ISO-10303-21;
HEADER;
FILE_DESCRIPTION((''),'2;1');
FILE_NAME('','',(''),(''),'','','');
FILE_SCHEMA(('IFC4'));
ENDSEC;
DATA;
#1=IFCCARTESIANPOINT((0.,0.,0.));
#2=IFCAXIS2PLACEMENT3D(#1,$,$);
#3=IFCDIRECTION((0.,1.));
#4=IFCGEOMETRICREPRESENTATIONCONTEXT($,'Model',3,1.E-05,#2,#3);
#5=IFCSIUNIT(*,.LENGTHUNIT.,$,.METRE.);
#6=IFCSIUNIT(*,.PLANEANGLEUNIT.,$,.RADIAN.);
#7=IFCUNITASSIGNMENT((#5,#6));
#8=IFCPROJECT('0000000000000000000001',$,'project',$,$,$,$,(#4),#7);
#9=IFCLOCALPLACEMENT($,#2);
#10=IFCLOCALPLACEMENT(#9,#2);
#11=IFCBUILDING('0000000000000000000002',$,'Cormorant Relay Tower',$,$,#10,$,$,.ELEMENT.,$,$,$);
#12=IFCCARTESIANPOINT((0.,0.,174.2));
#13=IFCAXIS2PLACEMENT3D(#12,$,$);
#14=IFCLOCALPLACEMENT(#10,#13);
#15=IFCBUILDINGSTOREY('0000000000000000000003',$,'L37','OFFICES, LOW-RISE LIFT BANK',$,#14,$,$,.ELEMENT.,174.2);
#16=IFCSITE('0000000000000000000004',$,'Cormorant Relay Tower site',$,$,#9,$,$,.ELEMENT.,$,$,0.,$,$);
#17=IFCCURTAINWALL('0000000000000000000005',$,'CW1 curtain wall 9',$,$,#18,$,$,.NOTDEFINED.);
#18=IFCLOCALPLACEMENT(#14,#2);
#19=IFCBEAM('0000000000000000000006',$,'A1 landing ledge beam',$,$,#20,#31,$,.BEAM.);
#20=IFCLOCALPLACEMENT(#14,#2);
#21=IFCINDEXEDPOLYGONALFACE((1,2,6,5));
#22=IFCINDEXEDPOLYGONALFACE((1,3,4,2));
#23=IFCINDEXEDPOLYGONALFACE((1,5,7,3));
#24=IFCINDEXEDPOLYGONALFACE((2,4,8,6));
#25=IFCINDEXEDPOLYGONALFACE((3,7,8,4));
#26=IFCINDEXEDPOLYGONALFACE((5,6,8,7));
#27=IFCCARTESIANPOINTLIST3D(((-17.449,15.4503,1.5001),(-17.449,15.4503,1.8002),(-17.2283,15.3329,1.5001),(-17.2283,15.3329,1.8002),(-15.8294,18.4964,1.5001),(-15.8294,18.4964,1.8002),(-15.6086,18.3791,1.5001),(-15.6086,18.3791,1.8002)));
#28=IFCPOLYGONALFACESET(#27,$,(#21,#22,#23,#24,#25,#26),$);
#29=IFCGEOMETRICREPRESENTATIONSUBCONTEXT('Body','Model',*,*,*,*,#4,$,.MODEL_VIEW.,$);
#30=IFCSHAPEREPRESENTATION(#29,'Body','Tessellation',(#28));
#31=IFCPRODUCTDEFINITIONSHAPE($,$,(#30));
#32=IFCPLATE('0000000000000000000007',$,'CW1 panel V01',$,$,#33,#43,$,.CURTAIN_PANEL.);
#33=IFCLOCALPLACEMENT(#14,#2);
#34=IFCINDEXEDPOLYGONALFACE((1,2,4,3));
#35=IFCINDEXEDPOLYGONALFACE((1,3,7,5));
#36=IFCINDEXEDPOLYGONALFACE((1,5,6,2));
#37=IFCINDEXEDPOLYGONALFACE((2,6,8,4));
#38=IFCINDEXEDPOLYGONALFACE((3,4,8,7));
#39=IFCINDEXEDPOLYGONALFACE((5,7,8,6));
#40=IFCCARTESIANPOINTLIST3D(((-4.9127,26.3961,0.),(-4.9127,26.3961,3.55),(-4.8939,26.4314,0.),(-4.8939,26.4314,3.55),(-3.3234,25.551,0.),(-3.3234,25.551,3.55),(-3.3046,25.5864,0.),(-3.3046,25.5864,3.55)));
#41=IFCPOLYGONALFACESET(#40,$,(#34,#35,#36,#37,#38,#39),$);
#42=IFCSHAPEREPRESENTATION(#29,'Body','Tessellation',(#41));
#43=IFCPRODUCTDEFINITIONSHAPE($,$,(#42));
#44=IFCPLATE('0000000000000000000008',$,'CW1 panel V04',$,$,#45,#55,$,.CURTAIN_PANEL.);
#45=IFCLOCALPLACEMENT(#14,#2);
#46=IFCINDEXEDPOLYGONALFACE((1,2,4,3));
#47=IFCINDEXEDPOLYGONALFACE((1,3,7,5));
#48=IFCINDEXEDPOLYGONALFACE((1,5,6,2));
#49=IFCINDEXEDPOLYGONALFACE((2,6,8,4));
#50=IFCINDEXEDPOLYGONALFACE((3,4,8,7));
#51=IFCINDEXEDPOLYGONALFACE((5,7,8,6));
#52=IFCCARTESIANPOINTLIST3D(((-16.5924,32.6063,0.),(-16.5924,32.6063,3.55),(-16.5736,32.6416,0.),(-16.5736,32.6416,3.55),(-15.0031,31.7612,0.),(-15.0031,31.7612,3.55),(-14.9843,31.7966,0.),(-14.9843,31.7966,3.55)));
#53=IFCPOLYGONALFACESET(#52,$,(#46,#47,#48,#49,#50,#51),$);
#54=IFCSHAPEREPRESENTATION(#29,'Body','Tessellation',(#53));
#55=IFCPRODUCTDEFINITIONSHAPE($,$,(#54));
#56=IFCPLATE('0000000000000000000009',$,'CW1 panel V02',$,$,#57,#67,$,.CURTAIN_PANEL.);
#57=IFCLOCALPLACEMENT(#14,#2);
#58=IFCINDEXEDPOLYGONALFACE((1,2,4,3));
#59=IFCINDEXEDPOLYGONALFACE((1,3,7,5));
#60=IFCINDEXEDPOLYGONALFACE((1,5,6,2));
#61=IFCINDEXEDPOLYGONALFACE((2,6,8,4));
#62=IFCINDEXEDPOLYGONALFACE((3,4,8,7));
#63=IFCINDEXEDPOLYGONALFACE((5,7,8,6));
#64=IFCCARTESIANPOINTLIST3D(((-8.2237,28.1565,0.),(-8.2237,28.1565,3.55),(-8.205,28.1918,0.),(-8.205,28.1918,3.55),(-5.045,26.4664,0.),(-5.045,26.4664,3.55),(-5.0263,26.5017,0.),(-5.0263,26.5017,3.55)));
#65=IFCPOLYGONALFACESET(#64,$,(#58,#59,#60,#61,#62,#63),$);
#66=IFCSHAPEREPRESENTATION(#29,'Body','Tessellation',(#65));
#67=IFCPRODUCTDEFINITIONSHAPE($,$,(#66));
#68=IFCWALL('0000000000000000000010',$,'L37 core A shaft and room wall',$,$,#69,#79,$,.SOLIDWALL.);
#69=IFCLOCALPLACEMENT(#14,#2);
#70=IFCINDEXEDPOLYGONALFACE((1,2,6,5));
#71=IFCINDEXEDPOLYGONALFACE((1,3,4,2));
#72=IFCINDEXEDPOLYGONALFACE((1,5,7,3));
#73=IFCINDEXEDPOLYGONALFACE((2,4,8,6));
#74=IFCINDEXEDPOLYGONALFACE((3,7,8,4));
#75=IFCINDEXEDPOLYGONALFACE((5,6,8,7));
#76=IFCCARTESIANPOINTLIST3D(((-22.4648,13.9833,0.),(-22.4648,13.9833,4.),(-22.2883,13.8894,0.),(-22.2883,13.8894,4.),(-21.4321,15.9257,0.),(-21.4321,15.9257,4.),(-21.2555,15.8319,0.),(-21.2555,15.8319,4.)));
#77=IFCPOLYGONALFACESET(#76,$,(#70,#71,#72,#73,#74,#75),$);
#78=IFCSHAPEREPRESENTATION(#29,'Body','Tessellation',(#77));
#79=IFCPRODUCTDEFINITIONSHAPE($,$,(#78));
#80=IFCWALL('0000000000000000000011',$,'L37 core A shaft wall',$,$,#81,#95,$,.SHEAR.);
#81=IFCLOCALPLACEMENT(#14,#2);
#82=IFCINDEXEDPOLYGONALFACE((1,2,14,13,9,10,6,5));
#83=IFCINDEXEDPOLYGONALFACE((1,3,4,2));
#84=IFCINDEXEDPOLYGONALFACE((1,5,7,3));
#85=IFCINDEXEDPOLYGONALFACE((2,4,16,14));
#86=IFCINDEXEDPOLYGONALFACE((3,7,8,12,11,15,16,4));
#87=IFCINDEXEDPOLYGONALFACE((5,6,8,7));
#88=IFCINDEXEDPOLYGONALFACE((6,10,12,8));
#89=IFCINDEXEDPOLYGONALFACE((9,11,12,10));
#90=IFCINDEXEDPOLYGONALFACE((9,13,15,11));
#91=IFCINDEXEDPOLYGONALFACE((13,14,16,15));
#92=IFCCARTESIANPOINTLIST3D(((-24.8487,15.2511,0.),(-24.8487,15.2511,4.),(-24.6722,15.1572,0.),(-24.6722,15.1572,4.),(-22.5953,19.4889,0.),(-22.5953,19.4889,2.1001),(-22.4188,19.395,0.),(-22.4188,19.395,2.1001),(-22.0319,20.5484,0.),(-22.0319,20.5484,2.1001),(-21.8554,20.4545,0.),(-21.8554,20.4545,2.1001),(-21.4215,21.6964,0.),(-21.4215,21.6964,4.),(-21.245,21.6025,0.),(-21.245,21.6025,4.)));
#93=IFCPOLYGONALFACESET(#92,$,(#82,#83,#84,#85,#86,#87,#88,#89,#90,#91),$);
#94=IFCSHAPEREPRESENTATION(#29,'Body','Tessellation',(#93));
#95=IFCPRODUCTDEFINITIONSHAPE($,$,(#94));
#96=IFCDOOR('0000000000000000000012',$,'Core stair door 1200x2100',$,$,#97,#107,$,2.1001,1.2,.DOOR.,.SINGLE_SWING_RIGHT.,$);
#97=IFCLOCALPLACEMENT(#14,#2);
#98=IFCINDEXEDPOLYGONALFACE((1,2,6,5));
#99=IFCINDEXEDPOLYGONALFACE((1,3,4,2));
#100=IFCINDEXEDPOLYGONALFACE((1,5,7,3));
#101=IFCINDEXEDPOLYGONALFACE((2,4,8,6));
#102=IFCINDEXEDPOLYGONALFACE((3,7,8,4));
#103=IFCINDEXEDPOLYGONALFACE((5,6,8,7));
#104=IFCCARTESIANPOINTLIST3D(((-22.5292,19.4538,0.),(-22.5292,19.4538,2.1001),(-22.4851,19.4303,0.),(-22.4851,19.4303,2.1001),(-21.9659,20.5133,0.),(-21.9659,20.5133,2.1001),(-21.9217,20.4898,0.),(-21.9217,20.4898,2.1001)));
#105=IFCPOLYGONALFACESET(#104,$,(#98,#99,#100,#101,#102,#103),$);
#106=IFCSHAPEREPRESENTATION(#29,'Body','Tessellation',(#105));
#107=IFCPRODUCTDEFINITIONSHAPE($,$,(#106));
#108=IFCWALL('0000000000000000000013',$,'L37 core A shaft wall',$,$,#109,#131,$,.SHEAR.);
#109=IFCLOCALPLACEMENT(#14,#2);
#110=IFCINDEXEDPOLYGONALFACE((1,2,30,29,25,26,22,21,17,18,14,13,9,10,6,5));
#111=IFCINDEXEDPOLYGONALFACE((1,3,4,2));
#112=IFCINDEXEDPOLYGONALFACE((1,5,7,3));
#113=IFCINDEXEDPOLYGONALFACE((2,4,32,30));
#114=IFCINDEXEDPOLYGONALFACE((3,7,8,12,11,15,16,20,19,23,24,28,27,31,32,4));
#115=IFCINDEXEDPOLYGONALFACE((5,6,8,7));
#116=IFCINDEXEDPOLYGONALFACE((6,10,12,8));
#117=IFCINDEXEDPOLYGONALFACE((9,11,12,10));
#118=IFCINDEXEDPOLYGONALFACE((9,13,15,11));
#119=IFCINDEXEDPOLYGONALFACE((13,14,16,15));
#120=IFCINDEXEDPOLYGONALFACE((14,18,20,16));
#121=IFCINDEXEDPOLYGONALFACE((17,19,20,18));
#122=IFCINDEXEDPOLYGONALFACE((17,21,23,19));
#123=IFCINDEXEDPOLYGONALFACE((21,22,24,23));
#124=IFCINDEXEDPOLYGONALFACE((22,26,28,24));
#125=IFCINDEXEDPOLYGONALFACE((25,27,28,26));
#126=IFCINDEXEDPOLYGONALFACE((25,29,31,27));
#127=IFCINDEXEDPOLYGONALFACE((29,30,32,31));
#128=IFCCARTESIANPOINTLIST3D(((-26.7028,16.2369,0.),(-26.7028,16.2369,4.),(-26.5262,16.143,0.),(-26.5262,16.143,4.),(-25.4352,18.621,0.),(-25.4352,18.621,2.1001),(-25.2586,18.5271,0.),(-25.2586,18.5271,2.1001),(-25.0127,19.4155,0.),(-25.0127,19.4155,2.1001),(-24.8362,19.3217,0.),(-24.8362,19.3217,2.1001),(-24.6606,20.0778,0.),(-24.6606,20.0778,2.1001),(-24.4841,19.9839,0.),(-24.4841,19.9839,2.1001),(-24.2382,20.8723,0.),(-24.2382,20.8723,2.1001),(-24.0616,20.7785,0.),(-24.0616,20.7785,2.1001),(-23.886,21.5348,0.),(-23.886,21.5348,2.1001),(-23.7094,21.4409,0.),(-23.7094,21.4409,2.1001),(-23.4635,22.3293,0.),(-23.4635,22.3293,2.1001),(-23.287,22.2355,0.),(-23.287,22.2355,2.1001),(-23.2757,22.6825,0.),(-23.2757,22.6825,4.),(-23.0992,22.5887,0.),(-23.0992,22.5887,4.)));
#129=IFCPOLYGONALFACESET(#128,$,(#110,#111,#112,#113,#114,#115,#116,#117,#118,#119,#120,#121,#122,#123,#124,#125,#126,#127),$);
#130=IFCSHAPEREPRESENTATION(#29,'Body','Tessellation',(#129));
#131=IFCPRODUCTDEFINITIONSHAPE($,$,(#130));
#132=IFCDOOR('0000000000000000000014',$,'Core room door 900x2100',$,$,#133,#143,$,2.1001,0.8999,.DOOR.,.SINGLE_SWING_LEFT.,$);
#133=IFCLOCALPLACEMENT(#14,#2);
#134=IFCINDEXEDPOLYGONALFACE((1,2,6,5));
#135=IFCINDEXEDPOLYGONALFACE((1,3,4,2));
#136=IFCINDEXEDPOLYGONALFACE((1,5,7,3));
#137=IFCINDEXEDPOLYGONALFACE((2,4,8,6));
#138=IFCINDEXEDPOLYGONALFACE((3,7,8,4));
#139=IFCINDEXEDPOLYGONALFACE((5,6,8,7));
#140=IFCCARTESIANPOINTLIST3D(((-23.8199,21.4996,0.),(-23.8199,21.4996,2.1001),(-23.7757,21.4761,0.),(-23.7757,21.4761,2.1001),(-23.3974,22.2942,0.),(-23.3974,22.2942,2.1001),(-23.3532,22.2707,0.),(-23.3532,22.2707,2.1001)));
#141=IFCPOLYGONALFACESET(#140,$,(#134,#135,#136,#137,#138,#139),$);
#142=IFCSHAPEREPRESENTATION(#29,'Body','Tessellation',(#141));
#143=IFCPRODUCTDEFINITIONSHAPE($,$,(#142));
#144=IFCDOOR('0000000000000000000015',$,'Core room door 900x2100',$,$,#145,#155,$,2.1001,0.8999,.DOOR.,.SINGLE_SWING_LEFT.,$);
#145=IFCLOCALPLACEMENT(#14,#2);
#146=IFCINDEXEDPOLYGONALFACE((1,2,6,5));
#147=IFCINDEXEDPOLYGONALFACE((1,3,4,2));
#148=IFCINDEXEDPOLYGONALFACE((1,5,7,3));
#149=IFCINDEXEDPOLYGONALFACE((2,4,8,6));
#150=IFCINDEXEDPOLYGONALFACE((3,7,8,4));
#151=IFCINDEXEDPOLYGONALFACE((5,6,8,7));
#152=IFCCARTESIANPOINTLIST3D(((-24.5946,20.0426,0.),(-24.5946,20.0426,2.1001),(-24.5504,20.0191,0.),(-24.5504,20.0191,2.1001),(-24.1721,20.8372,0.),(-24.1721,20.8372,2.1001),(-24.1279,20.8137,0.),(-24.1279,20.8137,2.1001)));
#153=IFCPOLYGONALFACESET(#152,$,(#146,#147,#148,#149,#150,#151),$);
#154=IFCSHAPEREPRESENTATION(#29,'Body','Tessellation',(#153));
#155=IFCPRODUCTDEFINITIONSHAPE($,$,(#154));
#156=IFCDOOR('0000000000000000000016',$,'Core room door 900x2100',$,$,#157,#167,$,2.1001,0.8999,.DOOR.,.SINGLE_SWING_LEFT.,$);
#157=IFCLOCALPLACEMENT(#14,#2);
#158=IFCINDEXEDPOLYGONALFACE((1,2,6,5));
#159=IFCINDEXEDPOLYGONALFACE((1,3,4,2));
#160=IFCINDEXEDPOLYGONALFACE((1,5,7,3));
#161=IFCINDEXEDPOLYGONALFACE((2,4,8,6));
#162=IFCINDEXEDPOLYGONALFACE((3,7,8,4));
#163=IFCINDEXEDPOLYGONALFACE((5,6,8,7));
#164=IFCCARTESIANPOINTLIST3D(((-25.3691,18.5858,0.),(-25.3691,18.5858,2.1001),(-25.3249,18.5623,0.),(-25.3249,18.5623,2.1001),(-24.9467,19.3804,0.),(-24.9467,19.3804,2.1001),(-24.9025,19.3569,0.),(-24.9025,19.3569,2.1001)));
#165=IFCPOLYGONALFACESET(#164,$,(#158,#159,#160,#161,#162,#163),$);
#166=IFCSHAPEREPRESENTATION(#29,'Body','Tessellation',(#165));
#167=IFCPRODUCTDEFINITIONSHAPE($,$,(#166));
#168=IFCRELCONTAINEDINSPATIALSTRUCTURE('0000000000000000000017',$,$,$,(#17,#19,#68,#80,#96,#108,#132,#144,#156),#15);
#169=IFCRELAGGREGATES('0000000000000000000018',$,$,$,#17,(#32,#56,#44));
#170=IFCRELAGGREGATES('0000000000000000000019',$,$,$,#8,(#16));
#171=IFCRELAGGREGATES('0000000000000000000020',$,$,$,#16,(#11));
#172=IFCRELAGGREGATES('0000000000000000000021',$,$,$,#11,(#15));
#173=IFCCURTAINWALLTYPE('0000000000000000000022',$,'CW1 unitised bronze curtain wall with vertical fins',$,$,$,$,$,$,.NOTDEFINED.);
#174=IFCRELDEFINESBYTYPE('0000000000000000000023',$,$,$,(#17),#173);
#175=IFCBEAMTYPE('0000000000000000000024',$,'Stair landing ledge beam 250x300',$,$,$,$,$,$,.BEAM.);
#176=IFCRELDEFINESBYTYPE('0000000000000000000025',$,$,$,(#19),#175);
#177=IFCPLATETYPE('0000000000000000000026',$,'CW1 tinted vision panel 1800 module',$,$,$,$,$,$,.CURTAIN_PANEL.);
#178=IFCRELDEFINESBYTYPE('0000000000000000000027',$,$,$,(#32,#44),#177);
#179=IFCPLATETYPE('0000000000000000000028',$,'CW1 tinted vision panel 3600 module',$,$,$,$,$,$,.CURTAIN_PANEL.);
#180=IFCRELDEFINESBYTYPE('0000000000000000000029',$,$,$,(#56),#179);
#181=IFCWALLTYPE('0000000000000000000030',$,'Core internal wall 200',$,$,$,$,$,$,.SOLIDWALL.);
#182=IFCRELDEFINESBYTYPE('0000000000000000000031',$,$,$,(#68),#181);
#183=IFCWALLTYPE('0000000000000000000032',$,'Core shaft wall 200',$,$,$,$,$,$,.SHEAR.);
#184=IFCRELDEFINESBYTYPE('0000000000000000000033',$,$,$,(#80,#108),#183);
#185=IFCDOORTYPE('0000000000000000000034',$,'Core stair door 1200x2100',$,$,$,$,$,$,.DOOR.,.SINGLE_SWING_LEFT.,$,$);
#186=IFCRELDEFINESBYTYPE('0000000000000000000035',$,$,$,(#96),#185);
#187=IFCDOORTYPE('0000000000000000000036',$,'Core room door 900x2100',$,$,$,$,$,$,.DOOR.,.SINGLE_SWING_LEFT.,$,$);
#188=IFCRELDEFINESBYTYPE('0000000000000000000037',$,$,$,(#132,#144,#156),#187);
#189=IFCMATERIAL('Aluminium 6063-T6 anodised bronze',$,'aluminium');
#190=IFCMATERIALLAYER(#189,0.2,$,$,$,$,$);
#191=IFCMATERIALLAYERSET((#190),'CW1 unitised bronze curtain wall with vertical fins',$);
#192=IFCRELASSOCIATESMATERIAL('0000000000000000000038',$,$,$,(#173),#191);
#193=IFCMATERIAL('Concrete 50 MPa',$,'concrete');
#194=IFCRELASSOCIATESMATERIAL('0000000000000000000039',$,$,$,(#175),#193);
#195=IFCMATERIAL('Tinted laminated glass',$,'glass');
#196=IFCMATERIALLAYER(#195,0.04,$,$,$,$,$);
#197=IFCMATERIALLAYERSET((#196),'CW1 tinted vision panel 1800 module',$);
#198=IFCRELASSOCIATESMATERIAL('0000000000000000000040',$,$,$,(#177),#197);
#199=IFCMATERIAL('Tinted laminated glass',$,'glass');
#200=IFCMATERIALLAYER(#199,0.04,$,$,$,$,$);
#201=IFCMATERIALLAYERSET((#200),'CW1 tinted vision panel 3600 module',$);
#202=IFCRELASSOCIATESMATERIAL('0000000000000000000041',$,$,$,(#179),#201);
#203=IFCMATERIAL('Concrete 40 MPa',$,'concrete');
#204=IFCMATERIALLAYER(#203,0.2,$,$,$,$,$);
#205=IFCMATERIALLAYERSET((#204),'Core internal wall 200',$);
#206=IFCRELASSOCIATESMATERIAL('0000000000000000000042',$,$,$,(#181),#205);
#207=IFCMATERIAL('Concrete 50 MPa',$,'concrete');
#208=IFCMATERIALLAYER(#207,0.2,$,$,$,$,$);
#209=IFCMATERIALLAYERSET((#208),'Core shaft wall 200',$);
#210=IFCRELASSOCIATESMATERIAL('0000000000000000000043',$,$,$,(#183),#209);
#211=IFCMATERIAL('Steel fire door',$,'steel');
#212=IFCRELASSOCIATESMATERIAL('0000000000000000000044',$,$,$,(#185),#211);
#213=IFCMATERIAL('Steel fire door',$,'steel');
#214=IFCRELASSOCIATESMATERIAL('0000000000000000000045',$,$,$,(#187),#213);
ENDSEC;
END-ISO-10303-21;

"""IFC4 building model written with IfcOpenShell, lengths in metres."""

from ifc_helpers import new_model, si_unit, direction, frame, frame_2d, origin, origin_2d, place, context, subcontext, project, spatial, rectangle, extrude, material, layer, layer_set, material_profile, profile_set, type_object, element, fill, aggregate, save


model = new_model("IFC4")

# Units and contexts
model_context = context("Model", 3, precision=1e-05, world=origin(), true_north=direction((0.0, 1.0)))
body_context = subcontext(model_context, "Body", "Model", "MODEL_VIEW")
ifc_project = project(units=[si_unit("LENGTHUNIT", "METRE"), si_unit("PLANEANGLEUNIT", "RADIAN")], contexts=[model_context])

# Site, building, storey
site_placement = place(None, origin())
site = spatial("IfcSite", under=ifc_project, at=site_placement, Name="Cormorant Relay Tower site", CompositionType="ELEMENT", RefElevation=0.0)
building_placement = place(site_placement, origin())
building = spatial("IfcBuilding", under=site, at=building_placement, Name="Cormorant Relay Tower", CompositionType="ELEMENT")
storey_placement = place(building_placement, frame((0.0, 0.0, 174.2)))
storey = spatial("IfcBuildingStorey", under=building, at=storey_placement, Name="L37", Description="OFFICES, LOW-RISE LIFT BANK", CompositionType="ELEMENT", Elevation=174.2)

# Curtain wall
ifc_material_1 = material(Name="Aluminium 6063-T6 anodised bronze", Category="aluminium")
ifc_layer_1 = layer(ifc_material_1, 0.2)
ifc_layer_set_1 = layer_set([ifc_layer_1], Name="CW1 unitised bronze curtain wall with vertical fins")
curtain_wall_type = type_object("IfcCurtainWallType", Name="CW1 unitised bronze curtain wall with vertical fins", PredefinedType="NOTDEFINED", material=ifc_layer_set_1)
curtain_wall_placement = place(storey_placement, origin())
curtain_wall = element("IfcCurtainWall", 1, at=curtain_wall_placement, inside=storey, type_object=curtain_wall_type, Name="CW1 curtain wall 9", PredefinedType="NOTDEFINED")

# Beam
ifc_material_2 = material(Name="Concrete 50 MPa", Category="concrete")
ifc_material_profile_1 = material_profile(ifc_material_2, rectangle(XDim=0.25, YDim=0.3, at=origin_2d()), Name="RC 250x300")
ifc_profile_set_1 = profile_set([ifc_material_profile_1], Name="Concrete 50 MPa")
beam_type_1 = type_object("IfcBeamType", Name="Stair landing ledge beam 250x300", PredefinedType="BEAM", material=ifc_profile_set_1)
beam_1_placement = place(storey_placement, frame((-17.3386, 15.3916, 1.6501), z_axis=(0.469464, 0.882952, 0.0), x_axis=(-0.882952, 0.469464, 0.0)))
element("IfcBeam", 2, at=beam_1_placement, inside=storey, type_object=beam_type_1, Name="A1 landing ledge beam", PredefinedType="BEAM", context=body_context, shape_type="SweptSolid", body=[
    extrude(rectangle(XDim=0.25, YDim=0.3, at=origin_2d()), origin(), (0.0, 0.0, 1.0), 3.45),
])

# Plates
ifc_material_3 = material(Name="Tinted laminated glass", Category="glass")
ifc_layer_2 = layer(ifc_material_3, 0.04)
ifc_layer_set_2 = layer_set([ifc_layer_2], Name="CW1 tinted vision panel 1800 module")
plate_type_1 = type_object("IfcPlateType", Name="CW1 tinted vision panel 1800 module", PredefinedType="CURTAIN_PANEL", material=ifc_layer_set_2)
plate_1_placement = place(storey_placement, frame((-4.1086, 25.9912, 0.0), z_axis=(0.0, 0.0, 1.0), x_axis=(-0.882948, 0.469472, 0.0)))
plate_1 = element("IfcPlate", 3, at=plate_1_placement, type_object=plate_type_1, Name="CW1 panel V01", PredefinedType="CURTAIN_PANEL", context=body_context, shape_type="SweptSolid", body=[
    extrude(rectangle(XDim=1.8, YDim=0.04, at=origin_2d()), origin(), (0.0, 0.0, 1.0), 3.55),
])
plate_2_placement = place(storey_placement, frame((-15.7883, 32.2014, 0.0), z_axis=(0.0, 0.0, 1.0), x_axis=(-0.882948, 0.469472, 0.0)))
plate_2 = element("IfcPlate", 4, at=plate_2_placement, type_object=plate_type_1, Name="CW1 panel V04", PredefinedType="CURTAIN_PANEL", context=body_context, shape_type="SweptSolid", body=[
    extrude(rectangle(XDim=1.8, YDim=0.04, at=origin_2d()), origin(), (0.0, 0.0, 1.0), 3.55),
])
ifc_material_4 = material(Name="Tinted laminated glass", Category="glass")
ifc_layer_3 = layer(ifc_material_4, 0.04)
ifc_layer_set_3 = layer_set([ifc_layer_3], Name="CW1 tinted vision panel 3600 module")
plate_type_2 = type_object("IfcPlateType", Name="CW1 tinted vision panel 3600 module", PredefinedType="CURTAIN_PANEL", material=ifc_layer_set_3)
plate_3_placement = place(storey_placement, frame((-6.625, 27.3291, 0.0), z_axis=(0.0, 0.0, 1.0), x_axis=(-0.882948, 0.469472, 0.0)))
plate_3 = element("IfcPlate", 5, at=plate_3_placement, type_object=plate_type_2, Name="CW1 panel V02", PredefinedType="CURTAIN_PANEL", context=body_context, shape_type="SweptSolid", body=[
    extrude(rectangle(XDim=3.6001, YDim=0.04, at=origin_2d()), origin(), (0.0, 0.0, 1.0), 3.55),
])

# Wall
ifc_material_5 = material(Name="Concrete 40 MPa", Category="concrete")
ifc_layer_4 = layer(ifc_material_5, 0.2)
ifc_layer_set_4 = layer_set([ifc_layer_4], Name="Core internal wall 200")
wall_type_1 = type_object("IfcWallType", Name="Core internal wall 200", PredefinedType="SOLIDWALL", material=ifc_layer_set_4)
wall_1_placement = place(storey_placement, frame((-21.3438, 15.8789, 0.0), z_axis=(0.0, 0.0, 1.0), x_axis=(-0.469447, -0.88296, 0.0)))
element("IfcWall", 6, at=wall_1_placement, inside=storey, type_object=wall_type_1, Name="L37 core A shaft and room wall", PredefinedType="SOLIDWALL", context=body_context, shape_type="SweptSolid", body=[
    extrude(rectangle(XDim=2.2, YDim=0.2, at=frame_2d((1.1001, 0.0))), origin(), (0.0, 0.0, 1.0), 4.0),
])

# Wall, opening, door
ifc_material_6 = material(Name="Concrete 50 MPa", Category="concrete")
ifc_layer_5 = layer(ifc_material_6, 0.2)
ifc_layer_set_5 = layer_set([ifc_layer_5], Name="Core shaft wall 200")
wall_type_2 = type_object("IfcWallType", Name="Core shaft wall 200", PredefinedType="SHEAR", material=ifc_layer_set_5)
wall_2_placement = place(storey_placement, frame((-21.3333, 21.6494, 0.0), z_axis=(0.0, 0.0, 1.0), x_axis=(-0.469494, -0.882936, 0.0)))
wall_2 = element("IfcWall", 7, at=wall_2_placement, inside=storey, type_object=wall_type_2, Name="L37 core A shaft wall", PredefinedType="SHEAR", context=body_context, shape_type="SweptSolid", body=[
    extrude(rectangle(XDim=7.2998, YDim=0.2, at=frame_2d((3.6499, 0.0))), origin(), (0.0, 0.0, 1.0), 4.0),
])
opening_1_placement = place(wall_2_placement, frame((1.3, 0.0, 0.0)))
opening_1 = element("IfcOpeningElement", 8, at=opening_1_placement, cuts=wall_2, PredefinedType="OPENING", context=body_context, shape_type="SweptSolid", body=[
    extrude(rectangle(XDim=1.2, YDim=2.1001, at=frame_2d((0.6001, 1.05))), frame((0.0, 0.1099, 0.0), z_axis=(0.0, -1.0, 0.0), x_axis=(1.0, 0.0, 0.0)), (0.0, 0.0, 1.0), 0.22),
])
ifc_material_7 = material(Name="Steel fire door", Category="steel")
door_type_1 = type_object("IfcDoorType", Name="Core stair door 1200x2100", OperationType="SINGLE_SWING_LEFT", PredefinedType="DOOR", material=ifc_material_7)
door_1_placement = place(opening_1_placement, origin())
door_1 = element("IfcDoor", 9, at=door_1_placement, inside=storey, type_object=door_type_1, Name="Core stair door 1200x2100", OperationType="SINGLE_SWING_RIGHT", OverallHeight=2.1001, OverallWidth=1.2, PredefinedType="DOOR", context=body_context, shape_type="SweptSolid", body=[
    extrude(rectangle(XDim=1.2, YDim=2.1001, at=frame_2d((0.6001, 1.05))), frame((0.0, 0.0249, 0.0), z_axis=(0.0, -1.0, 0.0), x_axis=(1.0, 0.0, 0.0)), (0.0, 0.0, 1.0), 0.05),
])
fill(opening_1, door_1)

# Wall, openings, doors
wall_3_placement = place(storey_placement, frame((-23.1875, 22.6355, 0.0), z_axis=(0.0, 0.0, 1.0), x_axis=(-0.469454, -0.882957, 0.0)))
wall_3 = element("IfcWall", 10, at=wall_3_placement, inside=storey, type_object=wall_type_2, Name="L37 core A shaft wall", PredefinedType="SHEAR", context=body_context, shape_type="SweptSolid", body=[
    extrude(rectangle(XDim=7.3, YDim=0.2, at=frame_2d((3.6499, 0.0))), origin(), (0.0, 0.0, 1.0), 4.0),
])
opening_2_placement = place(wall_3_placement, frame((0.3999, 0.0, 0.0)))
opening_2 = element("IfcOpeningElement", 11, at=opening_2_placement, cuts=wall_3, PredefinedType="OPENING", context=body_context, shape_type="SweptSolid", body=[
    extrude(rectangle(XDim=0.8999, YDim=2.1001, at=frame_2d((0.45, 1.05))), frame((0.0, 0.1099, 0.0), z_axis=(0.0, -1.0, 0.0), x_axis=(1.0, 0.0, 0.0)), (0.0, 0.0, 1.0), 0.22),
])
opening_3_placement = place(wall_3_placement, frame((2.05, 0.0, 0.0)))
opening_3 = element("IfcOpeningElement", 12, at=opening_3_placement, cuts=wall_3, PredefinedType="OPENING", context=body_context, shape_type="SweptSolid", body=[
    extrude(rectangle(XDim=0.8999, YDim=2.1001, at=frame_2d((0.45, 1.05))), frame((0.0, 0.1099, 0.0), z_axis=(0.0, -1.0, 0.0), x_axis=(1.0, 0.0, 0.0)), (0.0, 0.0, 1.0), 0.22),
])
opening_4_placement = place(wall_3_placement, frame((3.7, 0.0, 0.0)))
opening_4 = element("IfcOpeningElement", 13, at=opening_4_placement, cuts=wall_3, PredefinedType="OPENING", context=body_context, shape_type="SweptSolid", body=[
    extrude(rectangle(XDim=0.8999, YDim=2.1001, at=frame_2d((0.45, 1.05))), frame((0.0, 0.1099, 0.0), z_axis=(0.0, -1.0, 0.0), x_axis=(1.0, 0.0, 0.0)), (0.0, 0.0, 1.0), 0.22),
])
ifc_material_8 = material(Name="Steel fire door", Category="steel")
door_type_2 = type_object("IfcDoorType", Name="Core room door 900x2100", OperationType="SINGLE_SWING_LEFT", PredefinedType="DOOR", material=ifc_material_8)
door_2_placement = place(opening_2_placement, origin())
door_2 = element("IfcDoor", 14, at=door_2_placement, inside=storey, type_object=door_type_2, Name="Core room door 900x2100", OperationType="SINGLE_SWING_LEFT", OverallHeight=2.1001, OverallWidth=0.8999, PredefinedType="DOOR", context=body_context, shape_type="SweptSolid", body=[
    extrude(rectangle(XDim=0.8999, YDim=2.1001, at=frame_2d((0.45, 1.05))), frame((0.0, 0.0249, 0.0), z_axis=(0.0, -1.0, 0.0), x_axis=(1.0, 0.0, 0.0)), (0.0, 0.0, 1.0), 0.05),
])
fill(opening_2, door_2)
door_3_placement = place(opening_3_placement, origin())
door_3 = element("IfcDoor", 15, at=door_3_placement, inside=storey, type_object=door_type_2, Name="Core room door 900x2100", OperationType="SINGLE_SWING_LEFT", OverallHeight=2.1001, OverallWidth=0.8999, PredefinedType="DOOR", context=body_context, shape_type="SweptSolid", body=[
    extrude(rectangle(XDim=0.8999, YDim=2.1001, at=frame_2d((0.45, 1.05))), frame((0.0, 0.0249, 0.0), z_axis=(0.0, -1.0, 0.0), x_axis=(1.0, 0.0, 0.0)), (0.0, 0.0, 1.0), 0.05),
])
fill(opening_3, door_3)
door_4_placement = place(opening_4_placement, origin())
door_4 = element("IfcDoor", 16, at=door_4_placement, inside=storey, type_object=door_type_2, Name="Core room door 900x2100", OperationType="SINGLE_SWING_LEFT", OverallHeight=2.1001, OverallWidth=0.8999, PredefinedType="DOOR", context=body_context, shape_type="SweptSolid", body=[
    extrude(rectangle(XDim=0.8999, YDim=2.1001, at=frame_2d((0.45, 1.05))), frame((0.0, 0.0249, 0.0), z_axis=(0.0, -1.0, 0.0), x_axis=(1.0, 0.0, 0.0)), (0.0, 0.0, 1.0), 0.05),
])
fill(opening_4, door_4)

aggregate(curtain_wall, [plate_1, plate_3, plate_2])

save(model, "model.ifc")
